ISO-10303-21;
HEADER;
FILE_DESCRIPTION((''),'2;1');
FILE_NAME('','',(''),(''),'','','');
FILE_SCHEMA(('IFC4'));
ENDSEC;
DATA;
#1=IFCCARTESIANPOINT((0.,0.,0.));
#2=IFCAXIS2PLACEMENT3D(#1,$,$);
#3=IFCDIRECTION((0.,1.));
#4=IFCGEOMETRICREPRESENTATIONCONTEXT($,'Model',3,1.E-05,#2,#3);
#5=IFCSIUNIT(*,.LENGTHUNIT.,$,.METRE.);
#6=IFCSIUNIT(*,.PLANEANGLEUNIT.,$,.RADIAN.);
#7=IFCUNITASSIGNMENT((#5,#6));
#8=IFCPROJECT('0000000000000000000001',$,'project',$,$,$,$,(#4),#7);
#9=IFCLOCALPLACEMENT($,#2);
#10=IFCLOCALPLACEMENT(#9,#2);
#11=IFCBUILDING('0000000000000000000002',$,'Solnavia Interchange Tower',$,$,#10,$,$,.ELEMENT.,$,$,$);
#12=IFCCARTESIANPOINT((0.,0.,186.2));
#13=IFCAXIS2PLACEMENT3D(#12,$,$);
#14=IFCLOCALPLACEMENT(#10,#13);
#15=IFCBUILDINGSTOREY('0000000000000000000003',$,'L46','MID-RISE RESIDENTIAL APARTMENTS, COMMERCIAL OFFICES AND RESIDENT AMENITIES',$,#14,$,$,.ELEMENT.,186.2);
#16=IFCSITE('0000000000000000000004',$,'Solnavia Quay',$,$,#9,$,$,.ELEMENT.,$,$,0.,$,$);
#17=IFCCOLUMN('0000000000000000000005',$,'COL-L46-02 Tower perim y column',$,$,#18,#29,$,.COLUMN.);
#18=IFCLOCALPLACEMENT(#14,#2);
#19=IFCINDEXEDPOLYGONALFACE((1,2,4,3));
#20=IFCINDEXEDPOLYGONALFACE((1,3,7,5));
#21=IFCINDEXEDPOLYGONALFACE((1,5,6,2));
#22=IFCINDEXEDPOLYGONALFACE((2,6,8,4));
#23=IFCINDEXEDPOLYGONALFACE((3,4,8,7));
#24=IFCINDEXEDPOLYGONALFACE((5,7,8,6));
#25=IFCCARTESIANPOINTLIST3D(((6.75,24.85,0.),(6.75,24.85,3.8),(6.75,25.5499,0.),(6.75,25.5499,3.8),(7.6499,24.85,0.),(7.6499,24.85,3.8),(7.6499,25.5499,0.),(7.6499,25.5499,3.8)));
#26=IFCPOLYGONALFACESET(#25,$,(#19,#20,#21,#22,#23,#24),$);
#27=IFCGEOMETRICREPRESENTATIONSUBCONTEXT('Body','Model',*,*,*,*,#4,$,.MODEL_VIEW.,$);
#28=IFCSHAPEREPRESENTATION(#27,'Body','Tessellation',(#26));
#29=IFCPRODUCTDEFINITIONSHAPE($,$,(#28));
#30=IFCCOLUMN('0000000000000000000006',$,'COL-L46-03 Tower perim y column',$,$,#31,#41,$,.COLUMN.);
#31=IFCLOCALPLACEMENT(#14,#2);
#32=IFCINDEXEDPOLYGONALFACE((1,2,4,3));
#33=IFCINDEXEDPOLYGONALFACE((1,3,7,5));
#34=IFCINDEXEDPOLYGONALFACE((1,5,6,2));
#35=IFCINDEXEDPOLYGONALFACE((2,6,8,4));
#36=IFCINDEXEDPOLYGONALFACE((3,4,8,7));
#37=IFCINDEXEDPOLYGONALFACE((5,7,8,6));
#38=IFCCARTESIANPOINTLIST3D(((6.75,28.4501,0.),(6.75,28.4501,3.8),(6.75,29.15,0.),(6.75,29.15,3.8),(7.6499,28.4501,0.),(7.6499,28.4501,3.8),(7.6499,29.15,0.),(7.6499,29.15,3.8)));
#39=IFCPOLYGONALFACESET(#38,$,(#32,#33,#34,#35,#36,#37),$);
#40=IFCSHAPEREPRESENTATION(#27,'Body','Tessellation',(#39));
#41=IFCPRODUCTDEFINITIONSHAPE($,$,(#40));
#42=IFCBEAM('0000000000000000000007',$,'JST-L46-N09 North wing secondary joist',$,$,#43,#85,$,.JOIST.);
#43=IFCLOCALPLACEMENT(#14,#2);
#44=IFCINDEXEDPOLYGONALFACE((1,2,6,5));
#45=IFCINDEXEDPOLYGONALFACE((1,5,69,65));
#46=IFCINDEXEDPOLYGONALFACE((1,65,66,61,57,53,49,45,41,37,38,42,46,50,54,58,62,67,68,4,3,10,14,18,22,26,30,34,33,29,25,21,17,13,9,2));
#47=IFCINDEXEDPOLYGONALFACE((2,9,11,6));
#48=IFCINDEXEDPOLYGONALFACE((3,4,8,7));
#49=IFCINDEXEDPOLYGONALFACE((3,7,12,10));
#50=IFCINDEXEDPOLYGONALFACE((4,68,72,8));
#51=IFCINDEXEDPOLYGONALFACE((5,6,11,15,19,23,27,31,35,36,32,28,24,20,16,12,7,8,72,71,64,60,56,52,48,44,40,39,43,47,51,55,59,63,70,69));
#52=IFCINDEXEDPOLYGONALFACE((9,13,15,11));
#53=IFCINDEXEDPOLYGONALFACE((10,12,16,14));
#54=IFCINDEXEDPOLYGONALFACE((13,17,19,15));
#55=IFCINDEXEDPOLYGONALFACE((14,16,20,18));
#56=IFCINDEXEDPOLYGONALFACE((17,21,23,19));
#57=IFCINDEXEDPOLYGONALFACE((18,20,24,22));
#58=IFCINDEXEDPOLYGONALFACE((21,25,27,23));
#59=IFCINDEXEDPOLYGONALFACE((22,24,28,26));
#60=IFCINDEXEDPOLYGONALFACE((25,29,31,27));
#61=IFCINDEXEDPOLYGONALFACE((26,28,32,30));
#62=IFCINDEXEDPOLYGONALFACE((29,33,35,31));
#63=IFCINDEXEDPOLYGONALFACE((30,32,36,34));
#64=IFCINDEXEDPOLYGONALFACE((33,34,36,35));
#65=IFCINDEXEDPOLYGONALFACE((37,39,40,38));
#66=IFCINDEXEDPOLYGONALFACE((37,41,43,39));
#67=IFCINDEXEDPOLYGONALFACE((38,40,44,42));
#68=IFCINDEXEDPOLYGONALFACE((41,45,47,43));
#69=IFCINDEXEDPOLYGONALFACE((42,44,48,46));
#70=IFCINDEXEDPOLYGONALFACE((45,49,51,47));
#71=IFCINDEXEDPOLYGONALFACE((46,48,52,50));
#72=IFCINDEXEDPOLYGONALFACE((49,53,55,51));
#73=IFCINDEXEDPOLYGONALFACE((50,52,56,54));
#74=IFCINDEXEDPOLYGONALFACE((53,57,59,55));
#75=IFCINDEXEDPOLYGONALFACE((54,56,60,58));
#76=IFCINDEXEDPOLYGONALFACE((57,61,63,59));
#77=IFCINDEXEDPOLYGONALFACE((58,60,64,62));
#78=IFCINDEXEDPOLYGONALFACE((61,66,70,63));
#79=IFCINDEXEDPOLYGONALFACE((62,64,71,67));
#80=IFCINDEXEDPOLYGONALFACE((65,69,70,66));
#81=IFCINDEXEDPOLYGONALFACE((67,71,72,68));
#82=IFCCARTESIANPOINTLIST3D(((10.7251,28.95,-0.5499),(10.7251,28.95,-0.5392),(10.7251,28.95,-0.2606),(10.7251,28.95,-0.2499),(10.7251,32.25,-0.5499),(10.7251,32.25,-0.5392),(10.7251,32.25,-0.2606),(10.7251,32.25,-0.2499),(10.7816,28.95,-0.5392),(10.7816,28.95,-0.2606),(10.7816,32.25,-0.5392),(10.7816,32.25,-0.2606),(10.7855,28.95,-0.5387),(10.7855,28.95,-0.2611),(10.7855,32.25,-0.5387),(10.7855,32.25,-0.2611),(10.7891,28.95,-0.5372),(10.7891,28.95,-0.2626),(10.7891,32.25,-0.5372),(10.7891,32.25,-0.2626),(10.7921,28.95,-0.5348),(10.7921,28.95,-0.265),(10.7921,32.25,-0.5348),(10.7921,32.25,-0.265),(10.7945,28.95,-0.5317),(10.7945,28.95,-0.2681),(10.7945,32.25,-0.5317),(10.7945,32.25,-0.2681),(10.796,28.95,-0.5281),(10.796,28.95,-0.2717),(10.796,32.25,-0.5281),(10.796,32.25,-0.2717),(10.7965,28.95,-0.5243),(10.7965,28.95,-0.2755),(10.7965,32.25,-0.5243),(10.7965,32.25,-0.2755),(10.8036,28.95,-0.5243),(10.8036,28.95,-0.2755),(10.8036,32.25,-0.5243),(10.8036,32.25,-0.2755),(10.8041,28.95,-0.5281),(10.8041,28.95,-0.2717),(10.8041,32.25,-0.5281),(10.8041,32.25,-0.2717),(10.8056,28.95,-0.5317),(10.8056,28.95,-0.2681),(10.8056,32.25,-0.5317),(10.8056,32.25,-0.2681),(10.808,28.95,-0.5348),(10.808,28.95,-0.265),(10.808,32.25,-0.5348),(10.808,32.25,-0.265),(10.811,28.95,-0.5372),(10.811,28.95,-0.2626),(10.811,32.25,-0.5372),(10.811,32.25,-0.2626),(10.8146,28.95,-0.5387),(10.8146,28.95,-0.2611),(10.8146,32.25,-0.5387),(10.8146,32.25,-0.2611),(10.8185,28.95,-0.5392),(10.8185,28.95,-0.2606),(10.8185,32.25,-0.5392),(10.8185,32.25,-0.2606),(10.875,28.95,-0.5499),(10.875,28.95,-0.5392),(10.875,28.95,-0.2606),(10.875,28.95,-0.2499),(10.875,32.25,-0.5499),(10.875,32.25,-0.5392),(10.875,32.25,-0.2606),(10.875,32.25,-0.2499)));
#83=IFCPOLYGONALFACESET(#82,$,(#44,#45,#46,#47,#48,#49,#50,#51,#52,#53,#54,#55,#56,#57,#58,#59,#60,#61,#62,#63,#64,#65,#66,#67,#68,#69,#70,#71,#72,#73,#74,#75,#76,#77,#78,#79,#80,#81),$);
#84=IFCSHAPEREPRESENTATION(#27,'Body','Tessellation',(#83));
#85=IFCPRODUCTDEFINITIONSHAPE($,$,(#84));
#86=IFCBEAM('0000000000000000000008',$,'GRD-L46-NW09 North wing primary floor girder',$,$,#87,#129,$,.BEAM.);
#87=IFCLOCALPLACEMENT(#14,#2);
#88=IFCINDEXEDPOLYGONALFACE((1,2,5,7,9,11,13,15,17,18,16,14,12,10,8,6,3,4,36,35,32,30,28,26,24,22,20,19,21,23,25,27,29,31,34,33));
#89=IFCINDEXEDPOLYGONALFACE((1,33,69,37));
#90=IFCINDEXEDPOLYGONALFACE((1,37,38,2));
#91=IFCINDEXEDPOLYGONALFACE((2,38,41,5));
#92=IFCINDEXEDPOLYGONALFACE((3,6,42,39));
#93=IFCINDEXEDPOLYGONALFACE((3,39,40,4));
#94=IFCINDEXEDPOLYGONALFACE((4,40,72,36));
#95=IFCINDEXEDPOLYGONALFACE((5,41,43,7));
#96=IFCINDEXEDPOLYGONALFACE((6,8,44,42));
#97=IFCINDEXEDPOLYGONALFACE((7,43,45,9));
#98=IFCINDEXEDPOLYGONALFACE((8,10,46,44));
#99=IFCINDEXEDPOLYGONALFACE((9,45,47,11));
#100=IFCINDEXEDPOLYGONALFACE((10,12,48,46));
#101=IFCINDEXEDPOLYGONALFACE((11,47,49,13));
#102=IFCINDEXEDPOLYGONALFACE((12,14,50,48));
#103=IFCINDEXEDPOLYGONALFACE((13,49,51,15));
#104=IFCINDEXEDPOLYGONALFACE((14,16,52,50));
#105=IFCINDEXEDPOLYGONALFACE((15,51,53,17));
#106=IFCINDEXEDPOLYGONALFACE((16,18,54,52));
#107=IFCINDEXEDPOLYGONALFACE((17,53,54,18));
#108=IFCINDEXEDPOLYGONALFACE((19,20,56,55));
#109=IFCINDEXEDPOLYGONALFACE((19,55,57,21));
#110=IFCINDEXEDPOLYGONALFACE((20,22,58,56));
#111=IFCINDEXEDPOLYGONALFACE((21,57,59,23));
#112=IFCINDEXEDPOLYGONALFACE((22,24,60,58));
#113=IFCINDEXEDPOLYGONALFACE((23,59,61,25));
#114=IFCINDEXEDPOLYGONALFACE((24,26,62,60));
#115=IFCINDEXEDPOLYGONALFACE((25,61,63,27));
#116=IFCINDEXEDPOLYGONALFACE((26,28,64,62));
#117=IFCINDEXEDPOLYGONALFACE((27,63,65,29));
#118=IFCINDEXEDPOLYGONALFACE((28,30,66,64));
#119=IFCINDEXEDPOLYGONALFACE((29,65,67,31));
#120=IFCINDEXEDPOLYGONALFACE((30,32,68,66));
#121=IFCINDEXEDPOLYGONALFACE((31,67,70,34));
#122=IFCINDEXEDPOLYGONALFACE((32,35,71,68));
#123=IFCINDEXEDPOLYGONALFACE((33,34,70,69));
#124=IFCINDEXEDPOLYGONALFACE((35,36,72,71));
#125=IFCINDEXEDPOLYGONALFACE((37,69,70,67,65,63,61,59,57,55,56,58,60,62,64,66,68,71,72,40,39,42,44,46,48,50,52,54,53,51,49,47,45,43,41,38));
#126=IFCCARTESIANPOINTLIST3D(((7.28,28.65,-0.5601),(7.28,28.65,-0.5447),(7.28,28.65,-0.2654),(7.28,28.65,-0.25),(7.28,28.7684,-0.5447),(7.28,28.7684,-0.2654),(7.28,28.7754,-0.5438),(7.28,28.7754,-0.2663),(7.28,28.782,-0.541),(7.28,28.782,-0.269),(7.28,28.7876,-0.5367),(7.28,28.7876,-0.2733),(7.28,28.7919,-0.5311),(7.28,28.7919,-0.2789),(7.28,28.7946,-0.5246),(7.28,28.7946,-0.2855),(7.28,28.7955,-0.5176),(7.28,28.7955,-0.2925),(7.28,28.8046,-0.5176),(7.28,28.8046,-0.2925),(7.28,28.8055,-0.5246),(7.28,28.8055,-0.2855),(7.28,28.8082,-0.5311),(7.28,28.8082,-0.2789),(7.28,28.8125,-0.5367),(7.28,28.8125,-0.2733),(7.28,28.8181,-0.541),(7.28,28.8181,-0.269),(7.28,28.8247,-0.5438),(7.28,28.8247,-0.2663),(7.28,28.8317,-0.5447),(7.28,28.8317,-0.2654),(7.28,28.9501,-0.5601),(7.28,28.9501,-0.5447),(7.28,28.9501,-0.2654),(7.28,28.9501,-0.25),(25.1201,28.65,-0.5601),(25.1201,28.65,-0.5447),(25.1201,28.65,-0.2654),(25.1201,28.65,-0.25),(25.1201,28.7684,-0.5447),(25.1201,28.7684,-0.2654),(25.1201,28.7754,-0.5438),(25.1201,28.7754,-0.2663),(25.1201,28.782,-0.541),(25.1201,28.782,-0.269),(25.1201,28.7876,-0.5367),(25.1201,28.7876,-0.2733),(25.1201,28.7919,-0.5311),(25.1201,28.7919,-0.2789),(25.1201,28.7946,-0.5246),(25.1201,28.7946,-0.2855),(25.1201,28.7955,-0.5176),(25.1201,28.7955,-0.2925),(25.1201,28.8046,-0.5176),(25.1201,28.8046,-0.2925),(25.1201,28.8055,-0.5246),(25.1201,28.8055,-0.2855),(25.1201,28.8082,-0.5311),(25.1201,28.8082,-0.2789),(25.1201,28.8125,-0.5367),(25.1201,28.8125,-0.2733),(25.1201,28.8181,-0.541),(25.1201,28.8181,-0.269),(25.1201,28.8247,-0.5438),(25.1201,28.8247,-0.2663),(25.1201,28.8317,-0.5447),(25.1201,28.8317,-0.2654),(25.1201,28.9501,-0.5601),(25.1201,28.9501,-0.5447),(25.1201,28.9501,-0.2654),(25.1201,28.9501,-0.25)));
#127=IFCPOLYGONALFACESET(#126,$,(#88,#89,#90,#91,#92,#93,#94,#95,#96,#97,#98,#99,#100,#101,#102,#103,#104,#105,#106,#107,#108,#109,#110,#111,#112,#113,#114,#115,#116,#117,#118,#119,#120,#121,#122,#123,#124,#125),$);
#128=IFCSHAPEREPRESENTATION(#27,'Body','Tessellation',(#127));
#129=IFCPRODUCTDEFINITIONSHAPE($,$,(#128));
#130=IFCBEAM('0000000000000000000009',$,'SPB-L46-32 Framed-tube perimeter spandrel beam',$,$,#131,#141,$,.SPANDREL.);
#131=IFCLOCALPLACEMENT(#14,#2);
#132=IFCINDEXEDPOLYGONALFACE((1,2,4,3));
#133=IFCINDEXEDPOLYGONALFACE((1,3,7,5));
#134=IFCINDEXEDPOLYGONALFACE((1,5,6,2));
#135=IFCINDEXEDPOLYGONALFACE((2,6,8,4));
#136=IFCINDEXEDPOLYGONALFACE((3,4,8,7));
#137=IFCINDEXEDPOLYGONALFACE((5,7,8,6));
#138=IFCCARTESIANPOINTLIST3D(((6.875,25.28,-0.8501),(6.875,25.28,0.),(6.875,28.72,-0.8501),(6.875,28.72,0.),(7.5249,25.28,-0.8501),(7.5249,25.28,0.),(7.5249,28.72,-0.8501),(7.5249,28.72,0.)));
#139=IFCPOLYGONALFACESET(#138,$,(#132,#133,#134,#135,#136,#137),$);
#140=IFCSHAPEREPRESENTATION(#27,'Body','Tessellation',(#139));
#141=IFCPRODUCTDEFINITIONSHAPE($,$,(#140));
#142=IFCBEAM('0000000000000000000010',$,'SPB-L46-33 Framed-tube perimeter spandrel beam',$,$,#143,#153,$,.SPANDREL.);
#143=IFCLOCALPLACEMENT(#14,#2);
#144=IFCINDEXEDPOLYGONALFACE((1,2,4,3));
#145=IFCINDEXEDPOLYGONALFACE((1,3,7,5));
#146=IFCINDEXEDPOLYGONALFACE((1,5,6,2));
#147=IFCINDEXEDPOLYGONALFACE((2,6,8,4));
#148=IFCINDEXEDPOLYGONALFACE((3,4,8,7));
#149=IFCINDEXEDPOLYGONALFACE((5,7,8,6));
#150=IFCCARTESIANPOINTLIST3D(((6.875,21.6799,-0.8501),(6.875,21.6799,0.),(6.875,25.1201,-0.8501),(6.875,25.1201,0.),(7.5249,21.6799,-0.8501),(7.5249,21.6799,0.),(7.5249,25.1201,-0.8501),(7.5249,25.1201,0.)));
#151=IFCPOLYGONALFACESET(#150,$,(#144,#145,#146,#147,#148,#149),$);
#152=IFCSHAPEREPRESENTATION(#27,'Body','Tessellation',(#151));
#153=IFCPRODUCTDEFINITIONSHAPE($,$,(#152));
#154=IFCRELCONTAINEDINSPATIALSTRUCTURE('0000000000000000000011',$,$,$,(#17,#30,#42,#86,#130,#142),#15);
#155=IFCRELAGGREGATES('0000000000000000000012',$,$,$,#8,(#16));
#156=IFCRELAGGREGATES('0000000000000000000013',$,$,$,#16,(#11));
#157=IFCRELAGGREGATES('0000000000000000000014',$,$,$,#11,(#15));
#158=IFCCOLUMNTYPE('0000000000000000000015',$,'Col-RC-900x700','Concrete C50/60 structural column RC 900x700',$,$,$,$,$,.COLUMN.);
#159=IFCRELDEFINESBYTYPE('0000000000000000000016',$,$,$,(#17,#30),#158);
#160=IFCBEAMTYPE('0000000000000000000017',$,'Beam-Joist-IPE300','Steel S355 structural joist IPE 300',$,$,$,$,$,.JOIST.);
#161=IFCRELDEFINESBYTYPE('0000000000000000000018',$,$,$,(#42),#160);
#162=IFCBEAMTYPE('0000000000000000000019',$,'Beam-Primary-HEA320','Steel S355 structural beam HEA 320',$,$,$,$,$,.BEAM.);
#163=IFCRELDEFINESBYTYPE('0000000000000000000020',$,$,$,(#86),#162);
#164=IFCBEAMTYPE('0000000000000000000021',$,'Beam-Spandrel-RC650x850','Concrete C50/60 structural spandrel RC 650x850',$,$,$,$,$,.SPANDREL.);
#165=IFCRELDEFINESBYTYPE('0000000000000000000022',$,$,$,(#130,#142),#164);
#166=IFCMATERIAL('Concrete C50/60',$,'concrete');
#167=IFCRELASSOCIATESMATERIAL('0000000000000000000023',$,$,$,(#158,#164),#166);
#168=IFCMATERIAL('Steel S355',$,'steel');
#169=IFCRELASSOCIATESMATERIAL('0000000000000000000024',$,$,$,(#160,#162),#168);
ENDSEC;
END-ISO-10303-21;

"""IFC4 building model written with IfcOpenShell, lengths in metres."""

from ifc_helpers import new_model, si_unit, direction, frame, origin, origin_2d, place, context, subcontext, project, spatial, rectangle, i_section, extrude, material, material_profile, profile_set, type_object, element, save


model = new_model("IFC4")

# Units and contexts
model_context = context("Model", 3, precision=1e-05, world=origin(), true_north=direction((0.0, 1.0)))
body_context = subcontext(model_context, "Body", "Model", "MODEL_VIEW")
ifc_project = project(units=[si_unit("LENGTHUNIT", "METRE"), si_unit("PLANEANGLEUNIT", "RADIAN")], contexts=[model_context])

# Site, building, storey
site_placement = place(None, origin())
site = spatial("IfcSite", under=ifc_project, at=site_placement, Name="Solnavia Quay", CompositionType="ELEMENT", RefElevation=0.0)
building_placement = place(site_placement, origin())
building = spatial("IfcBuilding", under=site, at=building_placement, Name="Solnavia Interchange Tower", CompositionType="ELEMENT")
storey_placement = place(building_placement, frame((0.0, 0.0, 186.2)))
storey = spatial("IfcBuildingStorey", under=building, at=storey_placement, Name="L46", Description="MID-RISE RESIDENTIAL APARTMENTS, COMMERCIAL OFFICES AND RESIDENT AMENITIES", CompositionType="ELEMENT", Elevation=186.2)

# Columns
ifc_material_1 = material(Name="Concrete C50/60", Category="concrete")
ifc_material_profile_1 = material_profile(ifc_material_1, rectangle(XDim=0.7, YDim=0.8999, at=origin_2d()), Name="RC 900x700")
ifc_profile_set_1 = profile_set([ifc_material_profile_1], Name="Concrete C50/60")
column_type = type_object("IfcColumnType", Name="Col-RC-900x700", Description="Concrete C50/60 structural column RC 900x700", PredefinedType="COLUMN", material=ifc_profile_set_1)
for number, where, z_axis, x_axis, name in (
    (1, (7.2, 25.2, 0.0), (0.0, 0.0, 1.0), (0.0, 1.0, 0.0), "COL-L46-02 Tower perim y column"),
    (2, (7.2, 28.8, 0.0), (0.0, 0.0, 1.0), (0.0, 1.0, 0.0), "COL-L46-03 Tower perim y column"),
):
    element("IfcColumn", number, at=place(storey_placement, frame(where, z_axis=z_axis, x_axis=x_axis)), inside=storey, type_object=column_type, Name=name, PredefinedType="COLUMN", context=body_context, shape_type="SweptSolid", body=[
        extrude(rectangle(XDim=0.7, YDim=0.8999, at=origin_2d()), origin(), (0.0, 0.0, 1.0), 3.8),
    ])

# Beams
ifc_material_2 = material(Name="Steel S355", Category="steel")
ifc_material_profile_2 = material_profile(ifc_material_2, i_section(OverallWidth=0.1499, OverallDepth=0.3, WebThickness=0.0071, FlangeThickness=0.0107, FilletRadius=0.0149, at=origin_2d()), Name="IPE 300")
ifc_profile_set_2 = profile_set([ifc_material_profile_2], Name="Steel S355")
beam_type_1 = type_object("IfcBeamType", Name="Beam-Joist-IPE300", Description="Steel S355 structural joist IPE 300", PredefinedType="JOIST", material=ifc_profile_set_2)
beam_1_placement = place(storey_placement, frame((10.8, 28.95, -0.3999), z_axis=(0.0, 1.0, 0.0), x_axis=(-1.0, 0.0, 0.0)))
element("IfcBeam", 3, at=beam_1_placement, inside=storey, type_object=beam_type_1, Name="JST-L46-N09 North wing secondary joist", PredefinedType="JOIST", context=body_context, shape_type="SweptSolid", body=[
    extrude(i_section(OverallWidth=0.1499, OverallDepth=0.3, WebThickness=0.0071, FlangeThickness=0.0107, FilletRadius=0.0149, at=origin_2d()), origin(), (0.0, 0.0, 1.0), 3.3),
])
ifc_material_profile_3 = material_profile(ifc_material_2, i_section(OverallWidth=0.3, OverallDepth=0.3101, WebThickness=0.009, FlangeThickness=0.0154, FilletRadius=0.0271, at=origin_2d()), Name="HEA 320")
ifc_profile_set_3 = profile_set([ifc_material_profile_3], Name="Steel S355")
beam_type_2 = type_object("IfcBeamType", Name="Beam-Primary-HEA320", Description="Steel S355 structural beam HEA 320", PredefinedType="BEAM", material=ifc_profile_set_3)
beam_2_placement = place(storey_placement, frame((7.28, 28.8, -0.405), z_axis=(1.0, 0.0, 0.0), x_axis=(0.0, 1.0, 0.0)))
element("IfcBeam", 4, at=beam_2_placement, inside=storey, type_object=beam_type_2, Name="GRD-L46-NW09 North wing primary floor girder", PredefinedType="BEAM", context=body_context, shape_type="SweptSolid", body=[
    extrude(i_section(OverallWidth=0.3, OverallDepth=0.3101, WebThickness=0.009, FlangeThickness=0.0154, FilletRadius=0.0271, at=origin_2d()), origin(), (0.0, 0.0, 1.0), 17.8401),
])
ifc_material_profile_4 = material_profile(ifc_material_1, rectangle(XDim=0.6499, YDim=0.8501, at=origin_2d()), Name="RC 650x850")
ifc_profile_set_4 = profile_set([ifc_material_profile_4], Name="Concrete C50/60")
beam_type_3 = type_object("IfcBeamType", Name="Beam-Spandrel-RC650x850", Description="Concrete C50/60 structural spandrel RC 650x850", PredefinedType="SPANDREL", material=ifc_profile_set_4)
beam_3_placement = place(storey_placement, frame((7.2, 28.72, -0.425), z_axis=(0.0, -1.0, 0.0), x_axis=(1.0, 0.0, 0.0)))
element("IfcBeam", 5, at=beam_3_placement, inside=storey, type_object=beam_type_3, Name="SPB-L46-32 Framed-tube perimeter spandrel beam", PredefinedType="SPANDREL", context=body_context, shape_type="SweptSolid", body=[
    extrude(rectangle(XDim=0.6499, YDim=0.8501, at=origin_2d()), origin(), (0.0, 0.0, 1.0), 3.4399),
])
beam_4_placement = place(storey_placement, frame((7.2, 25.1201, -0.425), z_axis=(0.0, -1.0, 0.0), x_axis=(1.0, 0.0, 0.0)))
element("IfcBeam", 6, at=beam_4_placement, inside=storey, type_object=beam_type_3, Name="SPB-L46-33 Framed-tube perimeter spandrel beam", PredefinedType="SPANDREL", context=body_context, shape_type="SweptSolid", body=[
    extrude(rectangle(XDim=0.6499, YDim=0.8501, at=origin_2d()), origin(), (0.0, 0.0, 1.0), 3.4402),
])

save(model, "model.ifc")
